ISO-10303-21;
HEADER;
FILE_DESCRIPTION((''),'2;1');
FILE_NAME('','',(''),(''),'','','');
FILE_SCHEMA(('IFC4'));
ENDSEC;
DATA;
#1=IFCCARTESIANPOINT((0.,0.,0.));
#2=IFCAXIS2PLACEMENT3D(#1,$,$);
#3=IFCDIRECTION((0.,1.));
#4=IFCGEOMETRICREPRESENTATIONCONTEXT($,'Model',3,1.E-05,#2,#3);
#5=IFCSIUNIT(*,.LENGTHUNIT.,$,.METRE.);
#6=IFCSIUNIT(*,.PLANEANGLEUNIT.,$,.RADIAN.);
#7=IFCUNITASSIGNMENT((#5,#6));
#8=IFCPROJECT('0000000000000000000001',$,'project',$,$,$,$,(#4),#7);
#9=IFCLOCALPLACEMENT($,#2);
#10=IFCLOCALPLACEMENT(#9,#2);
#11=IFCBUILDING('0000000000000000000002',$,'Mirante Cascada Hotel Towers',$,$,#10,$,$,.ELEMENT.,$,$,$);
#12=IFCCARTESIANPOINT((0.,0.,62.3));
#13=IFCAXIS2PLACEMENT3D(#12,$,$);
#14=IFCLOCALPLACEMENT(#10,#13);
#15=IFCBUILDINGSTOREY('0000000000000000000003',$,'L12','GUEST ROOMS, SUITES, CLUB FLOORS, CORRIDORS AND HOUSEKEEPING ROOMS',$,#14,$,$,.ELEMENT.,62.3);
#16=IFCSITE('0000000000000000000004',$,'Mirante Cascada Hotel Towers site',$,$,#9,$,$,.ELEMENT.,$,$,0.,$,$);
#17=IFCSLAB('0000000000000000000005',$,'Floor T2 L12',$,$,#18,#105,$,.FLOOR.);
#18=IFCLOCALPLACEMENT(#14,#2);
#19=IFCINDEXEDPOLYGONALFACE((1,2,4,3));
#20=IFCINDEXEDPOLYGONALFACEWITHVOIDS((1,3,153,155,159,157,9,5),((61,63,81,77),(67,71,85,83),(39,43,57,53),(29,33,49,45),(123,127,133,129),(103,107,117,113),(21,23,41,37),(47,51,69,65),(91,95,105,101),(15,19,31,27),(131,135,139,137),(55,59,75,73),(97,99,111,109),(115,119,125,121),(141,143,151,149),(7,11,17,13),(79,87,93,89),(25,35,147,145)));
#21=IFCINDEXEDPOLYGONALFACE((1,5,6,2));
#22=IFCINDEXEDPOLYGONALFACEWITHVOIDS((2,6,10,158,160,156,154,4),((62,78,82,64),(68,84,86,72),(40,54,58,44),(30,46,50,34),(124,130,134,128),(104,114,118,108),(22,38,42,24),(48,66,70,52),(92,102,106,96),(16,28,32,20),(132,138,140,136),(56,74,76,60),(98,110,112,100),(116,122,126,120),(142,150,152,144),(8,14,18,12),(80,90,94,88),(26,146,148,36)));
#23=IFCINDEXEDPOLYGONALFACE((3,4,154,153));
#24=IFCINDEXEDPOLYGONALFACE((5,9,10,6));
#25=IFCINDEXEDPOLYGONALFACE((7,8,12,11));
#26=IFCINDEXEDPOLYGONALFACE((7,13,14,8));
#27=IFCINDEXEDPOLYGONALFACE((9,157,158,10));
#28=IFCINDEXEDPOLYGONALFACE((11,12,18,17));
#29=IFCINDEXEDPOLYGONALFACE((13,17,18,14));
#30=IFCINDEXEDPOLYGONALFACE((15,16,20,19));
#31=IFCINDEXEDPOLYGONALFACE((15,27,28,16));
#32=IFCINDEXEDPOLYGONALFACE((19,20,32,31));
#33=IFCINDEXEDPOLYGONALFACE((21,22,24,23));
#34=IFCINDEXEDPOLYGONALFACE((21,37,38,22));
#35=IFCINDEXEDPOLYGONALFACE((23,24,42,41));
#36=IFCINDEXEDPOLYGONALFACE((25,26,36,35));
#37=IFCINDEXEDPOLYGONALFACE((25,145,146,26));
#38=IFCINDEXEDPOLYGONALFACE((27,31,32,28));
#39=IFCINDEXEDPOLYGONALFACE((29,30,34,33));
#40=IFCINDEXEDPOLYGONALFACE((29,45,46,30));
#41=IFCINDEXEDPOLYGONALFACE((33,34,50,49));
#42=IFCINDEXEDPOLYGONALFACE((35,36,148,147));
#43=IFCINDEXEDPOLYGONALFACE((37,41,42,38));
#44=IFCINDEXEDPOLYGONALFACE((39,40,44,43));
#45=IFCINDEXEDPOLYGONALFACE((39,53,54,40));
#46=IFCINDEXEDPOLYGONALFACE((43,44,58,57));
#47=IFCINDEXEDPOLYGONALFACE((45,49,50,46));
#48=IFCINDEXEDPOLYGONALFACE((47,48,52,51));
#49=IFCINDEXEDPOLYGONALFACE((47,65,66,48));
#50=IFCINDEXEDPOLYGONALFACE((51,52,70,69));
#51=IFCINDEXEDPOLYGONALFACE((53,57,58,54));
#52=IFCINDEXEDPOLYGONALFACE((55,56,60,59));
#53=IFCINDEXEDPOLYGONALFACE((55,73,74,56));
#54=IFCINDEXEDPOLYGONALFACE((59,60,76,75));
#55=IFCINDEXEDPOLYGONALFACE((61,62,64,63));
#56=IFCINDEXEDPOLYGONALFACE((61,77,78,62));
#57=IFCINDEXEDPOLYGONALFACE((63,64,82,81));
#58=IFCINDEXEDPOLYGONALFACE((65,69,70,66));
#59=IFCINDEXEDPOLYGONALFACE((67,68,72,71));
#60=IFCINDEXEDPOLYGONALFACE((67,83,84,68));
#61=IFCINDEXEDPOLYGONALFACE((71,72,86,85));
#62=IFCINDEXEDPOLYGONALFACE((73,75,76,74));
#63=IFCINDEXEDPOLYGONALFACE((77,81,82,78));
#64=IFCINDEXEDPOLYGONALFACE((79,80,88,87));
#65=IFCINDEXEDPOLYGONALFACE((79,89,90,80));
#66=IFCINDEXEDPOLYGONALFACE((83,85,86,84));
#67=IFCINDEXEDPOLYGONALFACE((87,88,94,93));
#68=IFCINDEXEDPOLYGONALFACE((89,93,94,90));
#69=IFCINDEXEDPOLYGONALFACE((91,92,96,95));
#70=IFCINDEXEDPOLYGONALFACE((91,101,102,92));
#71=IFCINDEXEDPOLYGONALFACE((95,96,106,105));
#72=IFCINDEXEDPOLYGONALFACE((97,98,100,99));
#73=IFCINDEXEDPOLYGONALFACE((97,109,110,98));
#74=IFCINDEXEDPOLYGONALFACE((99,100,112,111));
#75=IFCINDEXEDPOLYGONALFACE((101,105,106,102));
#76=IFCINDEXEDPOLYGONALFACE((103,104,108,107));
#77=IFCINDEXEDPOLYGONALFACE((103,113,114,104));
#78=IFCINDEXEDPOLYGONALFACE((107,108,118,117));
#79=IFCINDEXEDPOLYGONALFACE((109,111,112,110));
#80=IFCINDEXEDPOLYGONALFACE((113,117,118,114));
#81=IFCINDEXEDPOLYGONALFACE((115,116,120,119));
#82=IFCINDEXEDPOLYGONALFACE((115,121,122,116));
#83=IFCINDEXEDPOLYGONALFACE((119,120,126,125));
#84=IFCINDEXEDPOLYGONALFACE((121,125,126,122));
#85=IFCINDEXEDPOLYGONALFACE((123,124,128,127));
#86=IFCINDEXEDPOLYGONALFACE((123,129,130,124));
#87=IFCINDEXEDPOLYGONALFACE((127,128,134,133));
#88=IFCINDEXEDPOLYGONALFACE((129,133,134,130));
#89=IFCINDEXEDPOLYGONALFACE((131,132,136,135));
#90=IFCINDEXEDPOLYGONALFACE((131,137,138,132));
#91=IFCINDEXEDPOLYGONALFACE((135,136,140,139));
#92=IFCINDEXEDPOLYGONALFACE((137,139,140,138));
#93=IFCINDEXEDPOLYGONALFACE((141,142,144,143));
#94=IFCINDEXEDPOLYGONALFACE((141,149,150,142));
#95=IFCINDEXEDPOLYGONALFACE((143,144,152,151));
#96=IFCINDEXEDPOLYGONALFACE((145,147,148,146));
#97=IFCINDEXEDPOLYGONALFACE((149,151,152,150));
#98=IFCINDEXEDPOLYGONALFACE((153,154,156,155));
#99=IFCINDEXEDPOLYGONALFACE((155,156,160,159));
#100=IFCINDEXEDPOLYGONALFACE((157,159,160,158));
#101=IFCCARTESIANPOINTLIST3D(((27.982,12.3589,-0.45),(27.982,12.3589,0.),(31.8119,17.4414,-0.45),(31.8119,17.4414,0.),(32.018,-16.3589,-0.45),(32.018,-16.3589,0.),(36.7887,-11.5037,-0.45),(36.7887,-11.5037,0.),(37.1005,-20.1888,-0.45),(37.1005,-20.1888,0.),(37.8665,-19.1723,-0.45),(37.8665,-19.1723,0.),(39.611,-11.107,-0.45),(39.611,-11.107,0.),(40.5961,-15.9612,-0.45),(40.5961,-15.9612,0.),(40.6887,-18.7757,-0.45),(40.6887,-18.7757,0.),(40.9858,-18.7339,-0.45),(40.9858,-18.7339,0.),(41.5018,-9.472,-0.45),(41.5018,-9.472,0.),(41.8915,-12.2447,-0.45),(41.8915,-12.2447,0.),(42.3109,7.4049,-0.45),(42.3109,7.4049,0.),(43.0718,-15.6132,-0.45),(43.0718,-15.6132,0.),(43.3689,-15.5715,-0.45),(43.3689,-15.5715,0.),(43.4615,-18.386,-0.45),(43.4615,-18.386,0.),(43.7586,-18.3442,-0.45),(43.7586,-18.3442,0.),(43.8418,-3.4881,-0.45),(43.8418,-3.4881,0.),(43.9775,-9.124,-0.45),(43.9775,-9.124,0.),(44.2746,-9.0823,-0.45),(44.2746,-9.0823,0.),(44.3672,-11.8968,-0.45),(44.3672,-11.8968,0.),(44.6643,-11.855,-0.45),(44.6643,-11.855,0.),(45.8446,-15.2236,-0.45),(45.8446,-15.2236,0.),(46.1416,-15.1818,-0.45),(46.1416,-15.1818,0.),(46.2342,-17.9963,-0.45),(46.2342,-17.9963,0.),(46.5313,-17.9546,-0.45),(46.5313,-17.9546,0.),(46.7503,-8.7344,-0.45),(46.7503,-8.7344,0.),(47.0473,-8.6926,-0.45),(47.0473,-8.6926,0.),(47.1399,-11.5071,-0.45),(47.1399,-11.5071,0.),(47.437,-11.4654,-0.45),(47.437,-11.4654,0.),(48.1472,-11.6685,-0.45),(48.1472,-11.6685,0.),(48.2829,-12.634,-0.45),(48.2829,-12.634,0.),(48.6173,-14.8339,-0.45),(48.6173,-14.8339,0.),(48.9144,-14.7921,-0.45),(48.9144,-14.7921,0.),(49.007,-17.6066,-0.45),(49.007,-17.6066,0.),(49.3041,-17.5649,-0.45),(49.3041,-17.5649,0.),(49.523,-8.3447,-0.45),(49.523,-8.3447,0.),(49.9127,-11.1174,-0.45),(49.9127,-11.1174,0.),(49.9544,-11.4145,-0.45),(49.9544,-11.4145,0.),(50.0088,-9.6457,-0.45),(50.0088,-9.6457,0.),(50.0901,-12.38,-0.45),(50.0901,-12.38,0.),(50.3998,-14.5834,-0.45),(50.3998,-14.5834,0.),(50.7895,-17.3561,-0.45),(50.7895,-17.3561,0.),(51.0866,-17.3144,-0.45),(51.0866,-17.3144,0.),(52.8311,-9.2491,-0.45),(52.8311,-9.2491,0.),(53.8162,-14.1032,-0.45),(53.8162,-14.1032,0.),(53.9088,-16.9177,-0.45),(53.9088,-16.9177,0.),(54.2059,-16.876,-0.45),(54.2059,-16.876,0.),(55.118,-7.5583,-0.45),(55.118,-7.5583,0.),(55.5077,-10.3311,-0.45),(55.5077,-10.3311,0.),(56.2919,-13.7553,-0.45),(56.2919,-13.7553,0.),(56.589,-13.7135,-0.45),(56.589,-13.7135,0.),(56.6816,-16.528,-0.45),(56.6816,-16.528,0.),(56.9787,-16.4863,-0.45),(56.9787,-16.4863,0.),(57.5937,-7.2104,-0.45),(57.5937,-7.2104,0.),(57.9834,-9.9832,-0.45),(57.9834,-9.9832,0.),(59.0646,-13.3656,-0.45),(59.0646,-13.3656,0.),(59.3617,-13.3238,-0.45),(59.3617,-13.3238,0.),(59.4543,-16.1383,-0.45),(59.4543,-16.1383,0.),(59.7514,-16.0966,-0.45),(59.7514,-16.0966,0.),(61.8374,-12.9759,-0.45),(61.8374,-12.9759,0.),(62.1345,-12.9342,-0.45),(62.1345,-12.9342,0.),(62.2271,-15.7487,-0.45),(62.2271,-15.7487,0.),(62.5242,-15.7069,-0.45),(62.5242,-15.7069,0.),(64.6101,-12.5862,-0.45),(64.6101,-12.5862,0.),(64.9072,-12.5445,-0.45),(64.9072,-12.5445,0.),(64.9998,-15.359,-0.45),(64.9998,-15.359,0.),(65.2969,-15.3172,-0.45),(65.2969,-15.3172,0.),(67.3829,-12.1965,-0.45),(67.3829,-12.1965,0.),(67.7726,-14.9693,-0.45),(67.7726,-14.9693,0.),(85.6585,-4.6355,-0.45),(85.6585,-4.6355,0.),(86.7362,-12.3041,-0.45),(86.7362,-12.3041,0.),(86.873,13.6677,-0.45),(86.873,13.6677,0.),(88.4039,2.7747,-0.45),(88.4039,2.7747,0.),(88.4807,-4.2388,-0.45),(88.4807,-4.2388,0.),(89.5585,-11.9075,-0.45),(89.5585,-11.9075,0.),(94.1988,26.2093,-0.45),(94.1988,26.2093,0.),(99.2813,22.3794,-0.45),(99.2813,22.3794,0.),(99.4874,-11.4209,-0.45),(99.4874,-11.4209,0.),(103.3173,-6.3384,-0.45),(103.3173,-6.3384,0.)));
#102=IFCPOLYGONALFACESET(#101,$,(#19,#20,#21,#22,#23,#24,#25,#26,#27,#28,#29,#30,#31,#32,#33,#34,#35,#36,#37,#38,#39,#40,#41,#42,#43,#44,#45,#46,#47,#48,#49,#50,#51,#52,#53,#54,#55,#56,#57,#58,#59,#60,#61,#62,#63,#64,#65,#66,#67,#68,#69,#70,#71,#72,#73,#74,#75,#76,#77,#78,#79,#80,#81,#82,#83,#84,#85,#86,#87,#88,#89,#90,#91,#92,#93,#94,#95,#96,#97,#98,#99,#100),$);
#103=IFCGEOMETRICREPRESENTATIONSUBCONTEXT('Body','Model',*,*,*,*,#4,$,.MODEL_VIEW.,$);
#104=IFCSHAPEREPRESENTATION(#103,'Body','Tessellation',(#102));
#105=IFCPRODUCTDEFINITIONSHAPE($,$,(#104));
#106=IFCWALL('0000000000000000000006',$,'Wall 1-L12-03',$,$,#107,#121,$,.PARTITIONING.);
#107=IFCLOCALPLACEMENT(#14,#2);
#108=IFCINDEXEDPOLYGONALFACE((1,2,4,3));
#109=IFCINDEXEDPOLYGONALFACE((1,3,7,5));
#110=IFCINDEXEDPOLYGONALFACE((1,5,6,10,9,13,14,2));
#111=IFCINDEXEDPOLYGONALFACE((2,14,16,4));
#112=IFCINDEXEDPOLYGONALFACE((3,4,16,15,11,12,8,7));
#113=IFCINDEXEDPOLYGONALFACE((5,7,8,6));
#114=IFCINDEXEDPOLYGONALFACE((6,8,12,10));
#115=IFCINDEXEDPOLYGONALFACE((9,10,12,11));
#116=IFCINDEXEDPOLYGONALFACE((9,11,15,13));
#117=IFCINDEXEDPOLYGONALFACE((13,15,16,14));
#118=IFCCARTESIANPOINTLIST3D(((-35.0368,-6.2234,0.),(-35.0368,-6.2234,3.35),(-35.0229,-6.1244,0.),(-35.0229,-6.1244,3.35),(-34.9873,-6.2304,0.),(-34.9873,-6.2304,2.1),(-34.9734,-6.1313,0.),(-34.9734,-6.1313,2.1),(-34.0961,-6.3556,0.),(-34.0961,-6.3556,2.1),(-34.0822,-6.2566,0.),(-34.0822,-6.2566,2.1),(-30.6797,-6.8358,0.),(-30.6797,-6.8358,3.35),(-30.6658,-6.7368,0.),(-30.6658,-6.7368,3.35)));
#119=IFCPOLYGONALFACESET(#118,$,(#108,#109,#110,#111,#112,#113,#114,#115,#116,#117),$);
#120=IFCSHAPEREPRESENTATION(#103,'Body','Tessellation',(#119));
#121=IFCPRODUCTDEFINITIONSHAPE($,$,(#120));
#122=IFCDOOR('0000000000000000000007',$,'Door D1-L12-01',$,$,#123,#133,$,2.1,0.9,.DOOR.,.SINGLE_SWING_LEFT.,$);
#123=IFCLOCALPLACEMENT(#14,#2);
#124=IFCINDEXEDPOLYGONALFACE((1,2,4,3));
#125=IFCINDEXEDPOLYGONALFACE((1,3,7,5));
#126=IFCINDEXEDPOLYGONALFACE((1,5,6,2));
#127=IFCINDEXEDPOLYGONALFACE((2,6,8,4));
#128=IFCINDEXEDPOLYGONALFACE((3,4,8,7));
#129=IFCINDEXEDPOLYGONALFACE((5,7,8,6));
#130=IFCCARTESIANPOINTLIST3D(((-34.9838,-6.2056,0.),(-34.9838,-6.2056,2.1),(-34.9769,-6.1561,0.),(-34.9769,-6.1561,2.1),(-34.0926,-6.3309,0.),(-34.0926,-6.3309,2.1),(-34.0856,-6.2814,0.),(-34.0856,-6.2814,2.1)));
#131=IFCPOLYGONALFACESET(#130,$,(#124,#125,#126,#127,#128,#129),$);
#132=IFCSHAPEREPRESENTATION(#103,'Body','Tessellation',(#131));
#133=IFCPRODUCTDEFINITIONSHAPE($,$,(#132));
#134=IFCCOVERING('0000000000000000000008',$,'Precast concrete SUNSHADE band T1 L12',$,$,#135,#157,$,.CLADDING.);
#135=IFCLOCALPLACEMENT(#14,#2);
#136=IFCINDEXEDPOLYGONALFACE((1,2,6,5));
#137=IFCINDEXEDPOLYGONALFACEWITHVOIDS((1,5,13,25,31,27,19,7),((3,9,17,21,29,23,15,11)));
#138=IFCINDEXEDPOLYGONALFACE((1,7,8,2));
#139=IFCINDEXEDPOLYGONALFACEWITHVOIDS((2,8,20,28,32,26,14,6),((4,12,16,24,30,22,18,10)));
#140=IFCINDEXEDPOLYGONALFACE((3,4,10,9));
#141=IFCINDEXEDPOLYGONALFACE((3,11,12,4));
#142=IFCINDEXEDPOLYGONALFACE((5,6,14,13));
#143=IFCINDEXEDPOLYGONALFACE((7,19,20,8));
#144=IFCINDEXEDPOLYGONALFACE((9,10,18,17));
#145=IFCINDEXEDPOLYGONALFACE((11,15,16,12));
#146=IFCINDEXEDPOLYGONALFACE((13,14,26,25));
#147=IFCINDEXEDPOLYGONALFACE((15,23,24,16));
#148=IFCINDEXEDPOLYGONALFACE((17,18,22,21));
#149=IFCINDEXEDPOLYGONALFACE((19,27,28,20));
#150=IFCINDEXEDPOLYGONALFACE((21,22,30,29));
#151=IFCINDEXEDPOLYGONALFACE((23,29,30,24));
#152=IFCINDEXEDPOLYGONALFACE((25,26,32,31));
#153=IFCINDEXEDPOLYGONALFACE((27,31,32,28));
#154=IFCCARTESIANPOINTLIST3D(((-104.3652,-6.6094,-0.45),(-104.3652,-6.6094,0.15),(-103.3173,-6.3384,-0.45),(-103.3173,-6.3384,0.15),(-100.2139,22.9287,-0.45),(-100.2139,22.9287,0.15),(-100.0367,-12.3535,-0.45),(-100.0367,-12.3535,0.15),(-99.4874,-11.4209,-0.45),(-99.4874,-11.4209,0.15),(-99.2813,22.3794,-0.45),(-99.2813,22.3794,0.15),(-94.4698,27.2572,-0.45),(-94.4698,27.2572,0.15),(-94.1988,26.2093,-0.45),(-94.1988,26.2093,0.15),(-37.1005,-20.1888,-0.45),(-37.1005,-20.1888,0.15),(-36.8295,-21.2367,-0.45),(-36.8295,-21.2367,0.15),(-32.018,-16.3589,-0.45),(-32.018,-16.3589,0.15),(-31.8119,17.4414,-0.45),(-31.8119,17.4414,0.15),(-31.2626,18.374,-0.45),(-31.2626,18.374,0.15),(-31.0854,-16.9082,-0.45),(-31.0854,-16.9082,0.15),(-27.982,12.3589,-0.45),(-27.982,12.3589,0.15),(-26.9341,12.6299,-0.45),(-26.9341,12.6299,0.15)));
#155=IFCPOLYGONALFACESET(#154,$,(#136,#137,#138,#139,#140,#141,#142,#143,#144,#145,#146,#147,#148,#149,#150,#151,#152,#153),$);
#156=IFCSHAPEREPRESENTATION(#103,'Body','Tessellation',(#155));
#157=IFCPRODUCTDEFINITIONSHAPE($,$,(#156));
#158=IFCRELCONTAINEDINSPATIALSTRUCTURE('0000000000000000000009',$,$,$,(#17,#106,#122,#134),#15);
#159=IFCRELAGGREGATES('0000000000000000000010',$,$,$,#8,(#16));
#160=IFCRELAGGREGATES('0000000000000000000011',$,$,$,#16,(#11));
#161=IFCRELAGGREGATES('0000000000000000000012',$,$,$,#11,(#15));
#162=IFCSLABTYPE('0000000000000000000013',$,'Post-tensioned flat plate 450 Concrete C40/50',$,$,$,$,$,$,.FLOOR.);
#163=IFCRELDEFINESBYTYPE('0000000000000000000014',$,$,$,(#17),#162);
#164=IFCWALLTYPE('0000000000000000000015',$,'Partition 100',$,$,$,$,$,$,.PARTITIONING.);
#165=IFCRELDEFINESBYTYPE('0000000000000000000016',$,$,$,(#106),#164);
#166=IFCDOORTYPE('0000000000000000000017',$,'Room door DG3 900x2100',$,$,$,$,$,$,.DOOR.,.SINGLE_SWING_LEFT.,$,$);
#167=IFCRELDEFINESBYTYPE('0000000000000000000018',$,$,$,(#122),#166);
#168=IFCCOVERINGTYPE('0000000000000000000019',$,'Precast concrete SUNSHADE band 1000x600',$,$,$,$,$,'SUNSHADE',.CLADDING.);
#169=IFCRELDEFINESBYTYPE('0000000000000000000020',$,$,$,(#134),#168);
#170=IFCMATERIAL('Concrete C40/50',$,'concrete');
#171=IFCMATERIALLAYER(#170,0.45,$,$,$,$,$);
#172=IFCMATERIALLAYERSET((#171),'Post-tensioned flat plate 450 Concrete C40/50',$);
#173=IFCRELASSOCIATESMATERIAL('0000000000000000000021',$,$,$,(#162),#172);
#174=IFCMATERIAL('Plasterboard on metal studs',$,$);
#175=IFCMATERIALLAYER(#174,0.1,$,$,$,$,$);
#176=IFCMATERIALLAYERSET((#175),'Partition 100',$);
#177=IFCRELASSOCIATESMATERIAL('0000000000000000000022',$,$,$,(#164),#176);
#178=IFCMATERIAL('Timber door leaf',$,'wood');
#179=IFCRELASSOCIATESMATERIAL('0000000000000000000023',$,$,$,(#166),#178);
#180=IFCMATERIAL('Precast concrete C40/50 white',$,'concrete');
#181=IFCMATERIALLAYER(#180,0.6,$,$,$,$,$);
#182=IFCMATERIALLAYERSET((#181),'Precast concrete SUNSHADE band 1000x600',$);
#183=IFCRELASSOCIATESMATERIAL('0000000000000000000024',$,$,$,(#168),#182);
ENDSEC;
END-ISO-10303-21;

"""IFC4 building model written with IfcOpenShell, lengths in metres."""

from ifc_helpers import new_model, si_unit, direction, frame, frame_2d, origin, place, context, subcontext, project, spatial, polyline, rectangle, outline, extrude, material, layer, layer_set, type_object, element, fill, save


model = new_model("IFC4")

# Units and contexts
model_context = context("Model", 3, precision=1e-05, world=origin(), true_north=direction((0.0, 1.0)))
body_context = subcontext(model_context, "Body", "Model", "MODEL_VIEW")
ifc_project = project(units=[si_unit("LENGTHUNIT", "METRE"), si_unit("PLANEANGLEUNIT", "RADIAN")], contexts=[model_context])

# Site, building, storey
site_placement = place(None, origin())
site = spatial("IfcSite", under=ifc_project, at=site_placement, Name="Mirante Cascada Hotel Towers site", CompositionType="ELEMENT", RefElevation=0.0)
building_placement = place(site_placement, origin())
building = spatial("IfcBuilding", under=site, at=building_placement, Name="Mirante Cascada Hotel Towers", CompositionType="ELEMENT")
storey_placement = place(building_placement, frame((0.0, 0.0, 62.3)))
storey = spatial("IfcBuildingStorey", under=building, at=storey_placement, Name="L12", Description="GUEST ROOMS, SUITES, CLUB FLOORS, CORRIDORS AND HOUSEKEEPING ROOMS", CompositionType="ELEMENT", Elevation=62.3)

# Slab
ifc_material_1 = material(Name="Concrete C40/50", Category="concrete")
ifc_layer_1 = layer(ifc_material_1, 0.45)
ifc_layer_set_1 = layer_set([ifc_layer_1], Name="Post-tensioned flat plate 450 Concrete C40/50")
slab_type = type_object("IfcSlabType", Name="Post-tensioned flat plate 450 Concrete C40/50", PredefinedType="FLOOR", material=ifc_layer_set_1)
slab_1_placement = place(storey_placement, frame((0.0, 0.0, -0.45)))
element("IfcSlab", 1, at=slab_1_placement, inside=storey, type_object=slab_type, Name="Floor T2 L12", PredefinedType="FLOOR", context=body_context, shape_type="SweptSolid", body=[
    extrude(outline(polyline([(32.018, -16.3589), (27.982, 12.3589), (31.8119, 17.4414), (94.1988, 26.2093), (99.2813, 22.3794), (103.3173, -6.3384), (99.4874, -11.4209), (37.1005, -20.1888), (32.018, -16.3589)]), holes=[polyline([(43.0718, -15.6132), (40.5961, -15.9612), (40.9858, -18.7339), (43.4615, -18.386), (43.0718, -15.6132)]), polyline([(45.8446, -15.2236), (43.3689, -15.5715), (43.7586, -18.3442), (46.2342, -17.9963), (45.8446, -15.2236)]), polyline([(48.6173, -14.8339), (46.1416, -15.1818), (46.5313, -17.9546), (49.007, -17.6066), (48.6173, -14.8339)]), polyline([(50.3998, -14.5834), (48.9144, -14.7921), (49.3041, -17.5649), (50.7895, -17.3561), (50.3998, -14.5834)]), polyline([(37.8665, -19.1723), (40.6887, -18.7757), (39.611, -11.107), (36.7887, -11.5037), (37.8665, -19.1723)]), polyline([(49.9544, -11.4145), (48.1472, -11.6685), (48.2829, -12.634), (50.0901, -12.38), (49.9544, -11.4145)]), polyline([(43.9775, -9.124), (41.5018, -9.472), (41.8915, -12.2447), (44.3672, -11.8968), (43.9775, -9.124)]), polyline([(47.1399, -11.5071), (46.7503, -8.7344), (44.2746, -9.0823), (44.6643, -11.855), (47.1399, -11.5071)]), polyline([(49.9127, -11.1174), (49.523, -8.3447), (47.0473, -8.6926), (47.437, -11.4654), (49.9127, -11.1174)]), polyline([(56.2919, -13.7553), (53.8162, -14.1032), (54.2059, -16.876), (56.6816, -16.528), (56.2919, -13.7553)]), polyline([(59.0646, -13.3656), (56.589, -13.7135), (56.9787, -16.4863), (59.4543, -16.1383), (59.0646, -13.3656)]), polyline([(61.8374, -12.9759), (59.3617, -13.3238), (59.7514, -16.0966), (62.2271, -15.7487), (61.8374, -12.9759)]), polyline([(64.6101, -12.5862), (62.1345, -12.9342), (62.5242, -15.7069), (64.9998, -15.359), (64.6101, -12.5862)]), polyline([(67.3829, -12.1965), (64.9072, -12.5445), (65.2969, -15.3172), (67.7726, -14.9693), (67.3829, -12.1965)]), polyline([(51.0866, -17.3144), (53.9088, -16.9177), (52.8311, -9.2491), (50.0088, -9.6457), (51.0866, -17.3144)]), polyline([(86.7362, -12.3041), (89.5585, -11.9075), (88.4807, -4.2388), (85.6585, -4.6355), (86.7362, -12.3041)]), polyline([(57.9834, -9.9832), (57.5937, -7.2104), (55.118, -7.5583), (55.5077, -10.3311), (57.9834, -9.9832)]), polyline([(88.4039, 2.7747), (86.873, 13.6677), (42.3109, 7.4049), (43.8418, -3.4881), (88.4039, 2.7747)])]), origin(), (0.0, 0.0, 1.0), 0.45),
])

# Wall, opening, door
ifc_material_2 = material(Name="Plasterboard on metal studs")
ifc_layer_2 = layer(ifc_material_2, 0.1)
ifc_layer_set_2 = layer_set([ifc_layer_2], Name="Partition 100")
wall_type = type_object("IfcWallType", Name="Partition 100", PredefinedType="PARTITIONING", material=ifc_layer_set_2)
wall_placement = place(storey_placement, frame((-30.6727, -6.7863, 0.0), z_axis=(0.0, 0.0, 1.0), x_axis=(-0.990267, 0.139184, 0.0)))
wall = element("IfcWall", 2, at=wall_placement, inside=storey, type_object=wall_type, Name="Wall 1-L12-03", PredefinedType="PARTITIONING", context=body_context, shape_type="SweptSolid", body=[
    extrude(rectangle(XDim=4.3999, YDim=0.1, at=frame_2d((2.2, 0.0))), origin(), (0.0, 0.0, 1.0), 3.35),
])
opening_placement = place(wall_placement, frame((3.45, 0.0, 0.0)))
opening = element("IfcOpeningElement", 3, at=opening_placement, cuts=wall, PredefinedType="OPENING", context=body_context, shape_type="SweptSolid", body=[
    extrude(rectangle(XDim=0.9, YDim=2.1, at=frame_2d((0.45, 1.05))), frame((0.0, 0.05, 0.0), z_axis=(0.0, -1.0, 0.0), x_axis=(1.0, 0.0, 0.0)), (0.0, 0.0, 1.0), 0.1),
])
ifc_material_3 = material(Name="Timber door leaf", Category="wood")
door_type = type_object("IfcDoorType", Name="Room door DG3 900x2100", OperationType="SINGLE_SWING_LEFT", PredefinedType="DOOR", material=ifc_material_3)
door_placement = place(opening_placement, origin())
door = element("IfcDoor", 4, at=door_placement, inside=storey, type_object=door_type, Name="Door D1-L12-01", OperationType="SINGLE_SWING_LEFT", OverallHeight=2.1, OverallWidth=0.9, PredefinedType="DOOR", context=body_context, shape_type="SweptSolid", body=[
    extrude(rectangle(XDim=0.9, YDim=2.1, at=frame_2d((0.45, 1.05))), frame((0.0, 0.025, 0.0), z_axis=(0.0, -1.0, 0.0), x_axis=(1.0, 0.0, 0.0)), (0.0, 0.0, 1.0), 0.05),
])
fill(opening, door)

# Covering
ifc_material_4 = material(Name="Precast concrete C40/50 white", Category="concrete")
ifc_layer_3 = layer(ifc_material_4, 0.6)
ifc_layer_set_3 = layer_set([ifc_layer_3], Name="Precast concrete SUNSHADE band 1000x600")
covering_type = type_object("IfcCoveringType", Name="Precast concrete SUNSHADE band 1000x600", ElementType="SUNSHADE", PredefinedType="CLADDING", material=ifc_layer_set_3)
covering_placement = place(storey_placement, frame((0.0, 0.0, -0.45)))
element("IfcCovering", 5, at=covering_placement, inside=storey, type_object=covering_type, Name="Precast concrete SUNSHADE band T1 L12", PredefinedType="CLADDING", context=body_context, shape_type="SweptSolid", body=[
    extrude(outline(polyline([(-104.3652, -6.6094), (-100.2139, 22.9287), (-94.4698, 27.2572), (-31.2626, 18.374), (-26.9341, 12.6299), (-31.0854, -16.9082), (-36.8295, -21.2367), (-100.0367, -12.3535), (-104.3652, -6.6094)]), holes=[polyline([(-27.982, 12.3589), (-31.8119, 17.4414), (-94.1988, 26.2093), (-99.2813, 22.3794), (-103.3173, -6.3384), (-99.4874, -11.4209), (-37.1005, -20.1888), (-32.018, -16.3589), (-27.982, 12.3589)])]), origin(), (0.0, 0.0, 1.0), 0.6),
])

save(model, "model.ifc")
